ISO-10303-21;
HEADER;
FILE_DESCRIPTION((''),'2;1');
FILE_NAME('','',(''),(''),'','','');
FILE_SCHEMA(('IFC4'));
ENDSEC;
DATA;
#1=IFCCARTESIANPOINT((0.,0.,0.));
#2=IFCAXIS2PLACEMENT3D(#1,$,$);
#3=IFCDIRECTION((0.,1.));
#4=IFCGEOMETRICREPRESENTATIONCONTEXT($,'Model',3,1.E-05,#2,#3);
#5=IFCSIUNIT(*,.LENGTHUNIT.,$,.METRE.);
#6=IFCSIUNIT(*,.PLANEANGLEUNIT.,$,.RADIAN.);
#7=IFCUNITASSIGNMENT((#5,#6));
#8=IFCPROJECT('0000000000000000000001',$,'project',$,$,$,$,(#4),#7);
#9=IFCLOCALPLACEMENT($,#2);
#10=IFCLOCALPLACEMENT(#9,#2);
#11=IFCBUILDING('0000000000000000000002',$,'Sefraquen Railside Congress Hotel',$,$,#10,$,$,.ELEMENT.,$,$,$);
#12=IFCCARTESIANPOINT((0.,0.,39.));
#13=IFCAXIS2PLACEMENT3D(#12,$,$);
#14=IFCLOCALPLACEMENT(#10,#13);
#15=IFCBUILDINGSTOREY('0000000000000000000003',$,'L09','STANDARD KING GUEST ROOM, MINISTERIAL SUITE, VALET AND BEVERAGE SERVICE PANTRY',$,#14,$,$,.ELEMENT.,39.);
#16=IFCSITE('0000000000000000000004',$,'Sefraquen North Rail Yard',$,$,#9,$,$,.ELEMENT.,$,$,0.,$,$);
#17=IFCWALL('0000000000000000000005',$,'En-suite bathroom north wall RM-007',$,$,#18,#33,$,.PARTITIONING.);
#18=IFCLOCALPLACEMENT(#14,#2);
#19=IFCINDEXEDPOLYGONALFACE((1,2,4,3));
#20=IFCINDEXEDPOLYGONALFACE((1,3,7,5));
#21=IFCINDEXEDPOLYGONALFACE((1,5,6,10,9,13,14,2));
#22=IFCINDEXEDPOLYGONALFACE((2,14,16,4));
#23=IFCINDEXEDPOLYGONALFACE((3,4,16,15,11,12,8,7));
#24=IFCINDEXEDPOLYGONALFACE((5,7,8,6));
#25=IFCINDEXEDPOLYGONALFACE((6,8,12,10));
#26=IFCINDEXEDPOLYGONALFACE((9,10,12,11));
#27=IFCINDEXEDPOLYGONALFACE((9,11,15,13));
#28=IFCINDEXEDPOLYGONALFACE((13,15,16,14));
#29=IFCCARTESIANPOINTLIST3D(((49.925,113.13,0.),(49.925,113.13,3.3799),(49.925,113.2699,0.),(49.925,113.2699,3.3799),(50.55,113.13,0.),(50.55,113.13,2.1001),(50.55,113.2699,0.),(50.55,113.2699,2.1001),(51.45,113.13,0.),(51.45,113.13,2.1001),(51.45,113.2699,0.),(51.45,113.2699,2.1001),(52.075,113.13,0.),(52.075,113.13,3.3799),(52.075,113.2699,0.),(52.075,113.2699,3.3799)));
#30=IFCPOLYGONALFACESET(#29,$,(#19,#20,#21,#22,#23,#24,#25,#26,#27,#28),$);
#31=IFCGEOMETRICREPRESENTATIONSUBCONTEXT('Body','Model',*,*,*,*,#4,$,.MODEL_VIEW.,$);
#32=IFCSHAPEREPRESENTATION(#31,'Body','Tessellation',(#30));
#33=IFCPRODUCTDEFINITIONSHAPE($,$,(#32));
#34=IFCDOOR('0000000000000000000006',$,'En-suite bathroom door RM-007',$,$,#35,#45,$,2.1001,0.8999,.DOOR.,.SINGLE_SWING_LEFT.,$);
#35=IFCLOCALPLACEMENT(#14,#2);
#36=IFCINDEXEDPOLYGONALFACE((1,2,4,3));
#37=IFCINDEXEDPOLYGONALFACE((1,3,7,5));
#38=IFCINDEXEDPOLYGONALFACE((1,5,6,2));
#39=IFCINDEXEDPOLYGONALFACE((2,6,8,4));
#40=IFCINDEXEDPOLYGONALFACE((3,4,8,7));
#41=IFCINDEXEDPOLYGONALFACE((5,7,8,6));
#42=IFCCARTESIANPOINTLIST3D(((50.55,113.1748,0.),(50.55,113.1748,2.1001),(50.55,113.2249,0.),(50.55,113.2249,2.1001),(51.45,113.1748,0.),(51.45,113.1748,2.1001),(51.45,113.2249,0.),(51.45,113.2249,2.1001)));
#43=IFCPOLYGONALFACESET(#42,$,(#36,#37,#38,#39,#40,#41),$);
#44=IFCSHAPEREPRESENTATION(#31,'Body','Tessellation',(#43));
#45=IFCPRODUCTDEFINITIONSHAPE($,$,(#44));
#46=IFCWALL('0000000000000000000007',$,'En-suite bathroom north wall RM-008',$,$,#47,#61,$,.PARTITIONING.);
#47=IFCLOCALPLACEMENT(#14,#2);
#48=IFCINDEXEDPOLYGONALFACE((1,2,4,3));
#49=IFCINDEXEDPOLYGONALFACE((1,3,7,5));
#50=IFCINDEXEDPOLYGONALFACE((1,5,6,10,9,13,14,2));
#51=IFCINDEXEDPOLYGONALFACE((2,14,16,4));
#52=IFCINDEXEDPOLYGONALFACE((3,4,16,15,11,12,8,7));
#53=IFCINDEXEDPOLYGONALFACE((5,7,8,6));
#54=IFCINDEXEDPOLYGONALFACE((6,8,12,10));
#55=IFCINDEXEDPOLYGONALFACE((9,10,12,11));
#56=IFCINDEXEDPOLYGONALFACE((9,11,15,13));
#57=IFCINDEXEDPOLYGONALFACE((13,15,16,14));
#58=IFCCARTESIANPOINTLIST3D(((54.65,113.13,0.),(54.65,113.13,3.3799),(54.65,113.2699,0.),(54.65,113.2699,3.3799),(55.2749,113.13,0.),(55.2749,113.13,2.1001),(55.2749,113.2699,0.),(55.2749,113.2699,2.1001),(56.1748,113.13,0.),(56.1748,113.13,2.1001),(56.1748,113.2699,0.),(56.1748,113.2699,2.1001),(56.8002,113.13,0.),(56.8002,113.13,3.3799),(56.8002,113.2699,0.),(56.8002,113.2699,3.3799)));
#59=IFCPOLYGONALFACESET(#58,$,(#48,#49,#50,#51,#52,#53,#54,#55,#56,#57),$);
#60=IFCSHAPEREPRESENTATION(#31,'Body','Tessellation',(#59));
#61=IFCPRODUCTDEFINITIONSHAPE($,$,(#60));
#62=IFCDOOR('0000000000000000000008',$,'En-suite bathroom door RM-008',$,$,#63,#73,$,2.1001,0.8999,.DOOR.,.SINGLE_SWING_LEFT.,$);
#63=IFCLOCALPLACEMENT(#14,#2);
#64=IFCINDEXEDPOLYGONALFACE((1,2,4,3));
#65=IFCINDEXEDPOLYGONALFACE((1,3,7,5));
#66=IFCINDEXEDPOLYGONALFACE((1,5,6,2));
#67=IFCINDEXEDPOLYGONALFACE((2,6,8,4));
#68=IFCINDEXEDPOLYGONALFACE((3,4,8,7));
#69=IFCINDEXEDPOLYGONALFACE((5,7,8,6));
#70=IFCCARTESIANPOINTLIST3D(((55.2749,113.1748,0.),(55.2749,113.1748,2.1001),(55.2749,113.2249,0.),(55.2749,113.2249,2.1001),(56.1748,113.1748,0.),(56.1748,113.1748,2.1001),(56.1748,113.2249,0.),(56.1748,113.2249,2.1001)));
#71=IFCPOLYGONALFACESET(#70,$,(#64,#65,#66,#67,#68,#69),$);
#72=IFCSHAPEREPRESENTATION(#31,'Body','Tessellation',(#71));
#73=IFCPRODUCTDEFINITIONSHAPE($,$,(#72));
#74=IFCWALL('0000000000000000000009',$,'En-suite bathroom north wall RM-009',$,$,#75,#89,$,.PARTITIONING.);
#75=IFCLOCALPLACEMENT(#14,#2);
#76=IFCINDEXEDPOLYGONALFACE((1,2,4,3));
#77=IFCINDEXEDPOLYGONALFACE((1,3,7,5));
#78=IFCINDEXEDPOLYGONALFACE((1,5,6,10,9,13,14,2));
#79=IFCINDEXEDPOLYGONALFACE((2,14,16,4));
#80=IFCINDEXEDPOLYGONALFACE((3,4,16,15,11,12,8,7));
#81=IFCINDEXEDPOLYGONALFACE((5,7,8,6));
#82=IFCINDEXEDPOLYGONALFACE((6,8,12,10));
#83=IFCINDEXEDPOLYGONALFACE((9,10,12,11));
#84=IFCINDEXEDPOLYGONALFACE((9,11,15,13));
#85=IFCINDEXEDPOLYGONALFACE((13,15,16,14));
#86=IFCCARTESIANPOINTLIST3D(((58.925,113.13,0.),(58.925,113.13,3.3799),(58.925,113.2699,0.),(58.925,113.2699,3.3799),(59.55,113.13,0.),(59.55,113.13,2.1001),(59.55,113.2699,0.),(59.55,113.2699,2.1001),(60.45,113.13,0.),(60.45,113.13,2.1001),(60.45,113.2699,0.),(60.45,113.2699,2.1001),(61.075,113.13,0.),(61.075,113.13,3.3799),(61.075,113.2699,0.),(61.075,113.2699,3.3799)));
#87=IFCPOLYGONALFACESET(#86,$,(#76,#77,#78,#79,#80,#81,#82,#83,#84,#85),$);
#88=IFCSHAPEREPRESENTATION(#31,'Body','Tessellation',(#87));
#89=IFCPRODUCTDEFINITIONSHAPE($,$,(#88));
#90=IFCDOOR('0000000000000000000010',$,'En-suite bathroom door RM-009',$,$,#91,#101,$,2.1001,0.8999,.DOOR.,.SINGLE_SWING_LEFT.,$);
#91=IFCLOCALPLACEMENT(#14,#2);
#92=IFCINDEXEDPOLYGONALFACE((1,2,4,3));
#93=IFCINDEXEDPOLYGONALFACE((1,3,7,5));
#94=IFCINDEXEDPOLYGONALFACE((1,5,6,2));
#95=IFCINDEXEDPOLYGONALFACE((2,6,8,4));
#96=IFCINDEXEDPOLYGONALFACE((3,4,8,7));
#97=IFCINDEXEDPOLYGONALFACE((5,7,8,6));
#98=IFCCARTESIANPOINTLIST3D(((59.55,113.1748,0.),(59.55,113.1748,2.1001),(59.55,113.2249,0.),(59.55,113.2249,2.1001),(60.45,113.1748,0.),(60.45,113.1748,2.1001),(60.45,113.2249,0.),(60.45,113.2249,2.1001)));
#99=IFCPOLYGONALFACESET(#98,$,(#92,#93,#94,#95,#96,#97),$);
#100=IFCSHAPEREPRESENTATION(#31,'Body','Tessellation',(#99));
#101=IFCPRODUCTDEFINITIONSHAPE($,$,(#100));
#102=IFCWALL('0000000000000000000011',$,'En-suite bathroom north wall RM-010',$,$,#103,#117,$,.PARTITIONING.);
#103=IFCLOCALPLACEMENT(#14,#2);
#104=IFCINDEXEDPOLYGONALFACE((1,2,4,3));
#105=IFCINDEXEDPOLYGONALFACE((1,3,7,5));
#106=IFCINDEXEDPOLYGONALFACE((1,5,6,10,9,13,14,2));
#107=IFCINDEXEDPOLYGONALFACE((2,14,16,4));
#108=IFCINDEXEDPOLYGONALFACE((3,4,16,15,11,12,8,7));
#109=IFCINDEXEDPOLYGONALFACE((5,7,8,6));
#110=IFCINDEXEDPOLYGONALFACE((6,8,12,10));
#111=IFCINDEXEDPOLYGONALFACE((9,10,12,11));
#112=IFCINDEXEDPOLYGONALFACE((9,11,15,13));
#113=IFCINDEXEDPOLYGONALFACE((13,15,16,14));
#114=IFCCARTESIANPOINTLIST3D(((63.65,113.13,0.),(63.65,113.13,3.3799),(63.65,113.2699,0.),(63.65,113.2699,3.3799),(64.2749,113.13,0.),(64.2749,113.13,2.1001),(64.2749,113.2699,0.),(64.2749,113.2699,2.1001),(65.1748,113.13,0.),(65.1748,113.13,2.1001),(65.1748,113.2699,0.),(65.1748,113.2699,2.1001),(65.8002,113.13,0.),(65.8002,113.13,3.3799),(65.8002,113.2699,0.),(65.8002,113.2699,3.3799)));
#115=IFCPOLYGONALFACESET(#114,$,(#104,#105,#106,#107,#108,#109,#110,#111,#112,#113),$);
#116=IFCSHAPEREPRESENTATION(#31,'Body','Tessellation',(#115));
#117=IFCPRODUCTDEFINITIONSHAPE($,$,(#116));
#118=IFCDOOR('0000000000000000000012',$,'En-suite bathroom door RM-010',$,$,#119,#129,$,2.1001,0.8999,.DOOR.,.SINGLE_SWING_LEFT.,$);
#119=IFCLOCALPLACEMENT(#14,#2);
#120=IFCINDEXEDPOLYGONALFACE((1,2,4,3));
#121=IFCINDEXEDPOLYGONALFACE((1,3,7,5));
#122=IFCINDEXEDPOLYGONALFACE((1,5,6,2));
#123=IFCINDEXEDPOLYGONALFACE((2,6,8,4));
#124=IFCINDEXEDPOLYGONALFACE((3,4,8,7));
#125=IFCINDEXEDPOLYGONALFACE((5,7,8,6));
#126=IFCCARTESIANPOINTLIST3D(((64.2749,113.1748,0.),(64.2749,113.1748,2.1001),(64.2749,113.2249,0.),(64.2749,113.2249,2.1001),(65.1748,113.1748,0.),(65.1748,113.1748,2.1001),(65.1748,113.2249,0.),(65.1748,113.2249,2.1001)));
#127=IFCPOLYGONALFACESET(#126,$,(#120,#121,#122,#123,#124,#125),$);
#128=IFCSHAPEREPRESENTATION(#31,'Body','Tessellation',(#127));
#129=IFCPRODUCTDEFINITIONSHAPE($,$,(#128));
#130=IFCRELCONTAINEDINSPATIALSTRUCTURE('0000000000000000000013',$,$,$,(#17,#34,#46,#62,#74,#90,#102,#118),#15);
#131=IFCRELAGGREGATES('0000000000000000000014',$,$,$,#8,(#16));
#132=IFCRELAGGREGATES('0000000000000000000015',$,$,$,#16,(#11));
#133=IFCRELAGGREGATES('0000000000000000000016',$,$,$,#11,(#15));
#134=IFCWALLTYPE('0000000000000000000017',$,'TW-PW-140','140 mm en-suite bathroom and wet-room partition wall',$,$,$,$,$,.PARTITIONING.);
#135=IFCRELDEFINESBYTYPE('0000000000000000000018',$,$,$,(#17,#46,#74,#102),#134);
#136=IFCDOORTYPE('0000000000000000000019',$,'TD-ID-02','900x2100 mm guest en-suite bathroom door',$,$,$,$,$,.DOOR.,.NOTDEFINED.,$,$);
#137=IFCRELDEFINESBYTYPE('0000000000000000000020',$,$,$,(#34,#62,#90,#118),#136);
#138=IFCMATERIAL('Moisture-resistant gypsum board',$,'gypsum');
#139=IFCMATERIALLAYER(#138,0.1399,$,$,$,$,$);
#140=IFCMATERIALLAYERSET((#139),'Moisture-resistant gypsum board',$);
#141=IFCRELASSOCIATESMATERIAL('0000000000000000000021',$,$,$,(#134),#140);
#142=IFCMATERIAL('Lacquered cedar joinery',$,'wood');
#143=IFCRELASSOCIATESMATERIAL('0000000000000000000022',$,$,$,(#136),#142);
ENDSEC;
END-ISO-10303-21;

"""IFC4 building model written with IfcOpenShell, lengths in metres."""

from ifc_helpers import new_model, si_unit, direction, frame, frame_2d, origin, place, context, subcontext, project, spatial, rectangle, extrude, material, layer, layer_set, type_object, element, fill, save


model = new_model("IFC4")

# Units and contexts
model_context = context("Model", 3, precision=1e-05, world=origin(), true_north=direction((0.0, 1.0)))
body_context = subcontext(model_context, "Body", "Model", "MODEL_VIEW")
ifc_project = project(units=[si_unit("LENGTHUNIT", "METRE"), si_unit("PLANEANGLEUNIT", "RADIAN")], contexts=[model_context])

# Site, building, storey
site_placement = place(None, origin())
site = spatial("IfcSite", under=ifc_project, at=site_placement, Name="Sefraquen North Rail Yard", CompositionType="ELEMENT", RefElevation=0.0)
building_placement = place(site_placement, origin())
building = spatial("IfcBuilding", under=site, at=building_placement, Name="Sefraquen Railside Congress Hotel", CompositionType="ELEMENT")
storey_placement = place(building_placement, frame((0.0, 0.0, 39.0)))
storey = spatial("IfcBuildingStorey", under=building, at=storey_placement, Name="L09", Description="STANDARD KING GUEST ROOM, MINISTERIAL SUITE, VALET AND BEVERAGE SERVICE PANTRY", CompositionType="ELEMENT", Elevation=39.0)

# Walls, openings, doors
ifc_material_1 = material(Name="Moisture-resistant gypsum board", Category="gypsum")
ifc_layer = layer(ifc_material_1, 0.1399)
ifc_layer_set = layer_set([ifc_layer], Name="Moisture-resistant gypsum board")
wall_type = type_object("IfcWallType", Name="TW-PW-140", Description="140 mm en-suite bathroom and wet-room partition wall", PredefinedType="PARTITIONING", material=ifc_layer_set)
wall_1_placement = place(storey_placement, frame((49.925, 113.2, 0.0), z_axis=(0.0, 0.0, 1.0), x_axis=(1.0, 0.0, 0.0)))
wall_1 = element("IfcWall", 1, at=wall_1_placement, inside=storey, type_object=wall_type, Name="En-suite bathroom north wall RM-007", PredefinedType="PARTITIONING", context=body_context, shape_type="SweptSolid", body=[
    extrude(rectangle(XDim=2.1499, YDim=0.1399, at=frame_2d((1.075, 0.0))), origin(), (0.0, 0.0, 1.0), 3.3799),
])
opening_1_placement = place(wall_1_placement, frame((0.625, 0.0, 0.0)))
opening_1 = element("IfcOpeningElement", 2, at=opening_1_placement, cuts=wall_1, PredefinedType="OPENING", context=body_context, shape_type="SweptSolid", body=[
    extrude(rectangle(XDim=0.8999, YDim=2.1001, at=frame_2d((0.45, 1.05))), frame((0.0, 0.0798, 0.0), z_axis=(0.0, -1.0, 0.0), x_axis=(1.0, 0.0, 0.0)), (0.0, 0.0, 1.0), 0.1599),
])
ifc_material_2 = material(Name="Lacquered cedar joinery", Category="wood")
door_type = type_object("IfcDoorType", Name="TD-ID-02", Description="900x2100 mm guest en-suite bathroom door", OperationType="NOTDEFINED", PredefinedType="DOOR", material=ifc_material_2)
door_1_placement = place(opening_1_placement, origin())
door_1 = element("IfcDoor", 3, at=door_1_placement, inside=storey, type_object=door_type, Name="En-suite bathroom door RM-007", OperationType="SINGLE_SWING_LEFT", OverallHeight=2.1001, OverallWidth=0.8999, PredefinedType="DOOR", context=body_context, shape_type="SweptSolid", body=[
    extrude(rectangle(XDim=0.8999, YDim=2.1001, at=frame_2d((0.45, 1.05))), frame((0.0, 0.0249, 0.0), z_axis=(0.0, -1.0, 0.0), x_axis=(1.0, 0.0, 0.0)), (0.0, 0.0, 1.0), 0.05),
])
fill(opening_1, door_1)
wall_2_placement = place(storey_placement, frame((54.6499, 113.2, 0.0), z_axis=(0.0, 0.0, 1.0), x_axis=(1.0, 0.0, 0.0)))
wall_2 = element("IfcWall", 4, at=wall_2_placement, inside=storey, type_object=wall_type, Name="En-suite bathroom north wall RM-008", PredefinedType="PARTITIONING", context=body_context, shape_type="SweptSolid", body=[
    extrude(rectangle(XDim=2.1501, YDim=0.1399, at=frame_2d((1.0752, 0.0))), origin(), (0.0, 0.0, 1.0), 3.3799),
])
opening_2_placement = place(wall_2_placement, frame((0.625, 0.0, 0.0)))
opening_2 = element("IfcOpeningElement", 5, at=opening_2_placement, cuts=wall_2, PredefinedType="OPENING", context=body_context, shape_type="SweptSolid", body=[
    extrude(rectangle(XDim=0.8999, YDim=2.1001, at=frame_2d((0.45, 1.05))), frame((0.0, 0.0798, 0.0), z_axis=(0.0, -1.0, 0.0), x_axis=(1.0, 0.0, 0.0)), (0.0, 0.0, 1.0), 0.1599),
])
door_2_placement = place(opening_2_placement, origin())
door_2 = element("IfcDoor", 6, at=door_2_placement, inside=storey, type_object=door_type, Name="En-suite bathroom door RM-008", OperationType="SINGLE_SWING_LEFT", OverallHeight=2.1001, OverallWidth=0.8999, PredefinedType="DOOR", context=body_context, shape_type="SweptSolid", body=[
    extrude(rectangle(XDim=0.8999, YDim=2.1001, at=frame_2d((0.45, 1.05))), frame((0.0, 0.0249, 0.0), z_axis=(0.0, -1.0, 0.0), x_axis=(1.0, 0.0, 0.0)), (0.0, 0.0, 1.0), 0.05),
])
fill(opening_2, door_2)
wall_3_placement = place(storey_placement, frame((58.925, 113.2, 0.0), z_axis=(0.0, 0.0, 1.0), x_axis=(1.0, 0.0, 0.0)))
wall_3 = element("IfcWall", 7, at=wall_3_placement, inside=storey, type_object=wall_type, Name="En-suite bathroom north wall RM-009", PredefinedType="PARTITIONING", context=body_context, shape_type="SweptSolid", body=[
    extrude(rectangle(XDim=2.1499, YDim=0.1399, at=frame_2d((1.075, 0.0))), origin(), (0.0, 0.0, 1.0), 3.3799),
])
opening_3_placement = place(wall_3_placement, frame((0.625, 0.0, 0.0)))
opening_3 = element("IfcOpeningElement", 8, at=opening_3_placement, cuts=wall_3, PredefinedType="OPENING", context=body_context, shape_type="SweptSolid", body=[
    extrude(rectangle(XDim=0.8999, YDim=2.1001, at=frame_2d((0.45, 1.05))), frame((0.0, 0.0798, 0.0), z_axis=(0.0, -1.0, 0.0), x_axis=(1.0, 0.0, 0.0)), (0.0, 0.0, 1.0), 0.1599),
])
door_3_placement = place(opening_3_placement, origin())
door_3 = element("IfcDoor", 9, at=door_3_placement, inside=storey, type_object=door_type, Name="En-suite bathroom door RM-009", OperationType="SINGLE_SWING_LEFT", OverallHeight=2.1001, OverallWidth=0.8999, PredefinedType="DOOR", context=body_context, shape_type="SweptSolid", body=[
    extrude(rectangle(XDim=0.8999, YDim=2.1001, at=frame_2d((0.45, 1.05))), frame((0.0, 0.0249, 0.0), z_axis=(0.0, -1.0, 0.0), x_axis=(1.0, 0.0, 0.0)), (0.0, 0.0, 1.0), 0.05),
])
fill(opening_3, door_3)
wall_4_placement = place(storey_placement, frame((63.6499, 113.2, 0.0), z_axis=(0.0, 0.0, 1.0), x_axis=(1.0, 0.0, 0.0)))
wall_4 = element("IfcWall", 10, at=wall_4_placement, inside=storey, type_object=wall_type, Name="En-suite bathroom north wall RM-010", PredefinedType="PARTITIONING", context=body_context, shape_type="SweptSolid", body=[
    extrude(rectangle(XDim=2.1501, YDim=0.1399, at=frame_2d((1.0752, 0.0))), origin(), (0.0, 0.0, 1.0), 3.3799),
])
opening_4_placement = place(wall_4_placement, frame((0.625, 0.0, 0.0)))
opening_4 = element("IfcOpeningElement", 11, at=opening_4_placement, cuts=wall_4, PredefinedType="OPENING", context=body_context, shape_type="SweptSolid", body=[
    extrude(rectangle(XDim=0.8999, YDim=2.1001, at=frame_2d((0.45, 1.05))), frame((0.0, 0.0798, 0.0), z_axis=(0.0, -1.0, 0.0), x_axis=(1.0, 0.0, 0.0)), (0.0, 0.0, 1.0), 0.1599),
])
door_4_placement = place(opening_4_placement, origin())
door_4 = element("IfcDoor", 12, at=door_4_placement, inside=storey, type_object=door_type, Name="En-suite bathroom door RM-010", OperationType="SINGLE_SWING_LEFT", OverallHeight=2.1001, OverallWidth=0.8999, PredefinedType="DOOR", context=body_context, shape_type="SweptSolid", body=[
    extrude(rectangle(XDim=0.8999, YDim=2.1001, at=frame_2d((0.45, 1.05))), frame((0.0, 0.0249, 0.0), z_axis=(0.0, -1.0, 0.0), x_axis=(1.0, 0.0, 0.0)), (0.0, 0.0, 1.0), 0.05),
])
fill(opening_4, door_4)

save(model, "model.ifc")
